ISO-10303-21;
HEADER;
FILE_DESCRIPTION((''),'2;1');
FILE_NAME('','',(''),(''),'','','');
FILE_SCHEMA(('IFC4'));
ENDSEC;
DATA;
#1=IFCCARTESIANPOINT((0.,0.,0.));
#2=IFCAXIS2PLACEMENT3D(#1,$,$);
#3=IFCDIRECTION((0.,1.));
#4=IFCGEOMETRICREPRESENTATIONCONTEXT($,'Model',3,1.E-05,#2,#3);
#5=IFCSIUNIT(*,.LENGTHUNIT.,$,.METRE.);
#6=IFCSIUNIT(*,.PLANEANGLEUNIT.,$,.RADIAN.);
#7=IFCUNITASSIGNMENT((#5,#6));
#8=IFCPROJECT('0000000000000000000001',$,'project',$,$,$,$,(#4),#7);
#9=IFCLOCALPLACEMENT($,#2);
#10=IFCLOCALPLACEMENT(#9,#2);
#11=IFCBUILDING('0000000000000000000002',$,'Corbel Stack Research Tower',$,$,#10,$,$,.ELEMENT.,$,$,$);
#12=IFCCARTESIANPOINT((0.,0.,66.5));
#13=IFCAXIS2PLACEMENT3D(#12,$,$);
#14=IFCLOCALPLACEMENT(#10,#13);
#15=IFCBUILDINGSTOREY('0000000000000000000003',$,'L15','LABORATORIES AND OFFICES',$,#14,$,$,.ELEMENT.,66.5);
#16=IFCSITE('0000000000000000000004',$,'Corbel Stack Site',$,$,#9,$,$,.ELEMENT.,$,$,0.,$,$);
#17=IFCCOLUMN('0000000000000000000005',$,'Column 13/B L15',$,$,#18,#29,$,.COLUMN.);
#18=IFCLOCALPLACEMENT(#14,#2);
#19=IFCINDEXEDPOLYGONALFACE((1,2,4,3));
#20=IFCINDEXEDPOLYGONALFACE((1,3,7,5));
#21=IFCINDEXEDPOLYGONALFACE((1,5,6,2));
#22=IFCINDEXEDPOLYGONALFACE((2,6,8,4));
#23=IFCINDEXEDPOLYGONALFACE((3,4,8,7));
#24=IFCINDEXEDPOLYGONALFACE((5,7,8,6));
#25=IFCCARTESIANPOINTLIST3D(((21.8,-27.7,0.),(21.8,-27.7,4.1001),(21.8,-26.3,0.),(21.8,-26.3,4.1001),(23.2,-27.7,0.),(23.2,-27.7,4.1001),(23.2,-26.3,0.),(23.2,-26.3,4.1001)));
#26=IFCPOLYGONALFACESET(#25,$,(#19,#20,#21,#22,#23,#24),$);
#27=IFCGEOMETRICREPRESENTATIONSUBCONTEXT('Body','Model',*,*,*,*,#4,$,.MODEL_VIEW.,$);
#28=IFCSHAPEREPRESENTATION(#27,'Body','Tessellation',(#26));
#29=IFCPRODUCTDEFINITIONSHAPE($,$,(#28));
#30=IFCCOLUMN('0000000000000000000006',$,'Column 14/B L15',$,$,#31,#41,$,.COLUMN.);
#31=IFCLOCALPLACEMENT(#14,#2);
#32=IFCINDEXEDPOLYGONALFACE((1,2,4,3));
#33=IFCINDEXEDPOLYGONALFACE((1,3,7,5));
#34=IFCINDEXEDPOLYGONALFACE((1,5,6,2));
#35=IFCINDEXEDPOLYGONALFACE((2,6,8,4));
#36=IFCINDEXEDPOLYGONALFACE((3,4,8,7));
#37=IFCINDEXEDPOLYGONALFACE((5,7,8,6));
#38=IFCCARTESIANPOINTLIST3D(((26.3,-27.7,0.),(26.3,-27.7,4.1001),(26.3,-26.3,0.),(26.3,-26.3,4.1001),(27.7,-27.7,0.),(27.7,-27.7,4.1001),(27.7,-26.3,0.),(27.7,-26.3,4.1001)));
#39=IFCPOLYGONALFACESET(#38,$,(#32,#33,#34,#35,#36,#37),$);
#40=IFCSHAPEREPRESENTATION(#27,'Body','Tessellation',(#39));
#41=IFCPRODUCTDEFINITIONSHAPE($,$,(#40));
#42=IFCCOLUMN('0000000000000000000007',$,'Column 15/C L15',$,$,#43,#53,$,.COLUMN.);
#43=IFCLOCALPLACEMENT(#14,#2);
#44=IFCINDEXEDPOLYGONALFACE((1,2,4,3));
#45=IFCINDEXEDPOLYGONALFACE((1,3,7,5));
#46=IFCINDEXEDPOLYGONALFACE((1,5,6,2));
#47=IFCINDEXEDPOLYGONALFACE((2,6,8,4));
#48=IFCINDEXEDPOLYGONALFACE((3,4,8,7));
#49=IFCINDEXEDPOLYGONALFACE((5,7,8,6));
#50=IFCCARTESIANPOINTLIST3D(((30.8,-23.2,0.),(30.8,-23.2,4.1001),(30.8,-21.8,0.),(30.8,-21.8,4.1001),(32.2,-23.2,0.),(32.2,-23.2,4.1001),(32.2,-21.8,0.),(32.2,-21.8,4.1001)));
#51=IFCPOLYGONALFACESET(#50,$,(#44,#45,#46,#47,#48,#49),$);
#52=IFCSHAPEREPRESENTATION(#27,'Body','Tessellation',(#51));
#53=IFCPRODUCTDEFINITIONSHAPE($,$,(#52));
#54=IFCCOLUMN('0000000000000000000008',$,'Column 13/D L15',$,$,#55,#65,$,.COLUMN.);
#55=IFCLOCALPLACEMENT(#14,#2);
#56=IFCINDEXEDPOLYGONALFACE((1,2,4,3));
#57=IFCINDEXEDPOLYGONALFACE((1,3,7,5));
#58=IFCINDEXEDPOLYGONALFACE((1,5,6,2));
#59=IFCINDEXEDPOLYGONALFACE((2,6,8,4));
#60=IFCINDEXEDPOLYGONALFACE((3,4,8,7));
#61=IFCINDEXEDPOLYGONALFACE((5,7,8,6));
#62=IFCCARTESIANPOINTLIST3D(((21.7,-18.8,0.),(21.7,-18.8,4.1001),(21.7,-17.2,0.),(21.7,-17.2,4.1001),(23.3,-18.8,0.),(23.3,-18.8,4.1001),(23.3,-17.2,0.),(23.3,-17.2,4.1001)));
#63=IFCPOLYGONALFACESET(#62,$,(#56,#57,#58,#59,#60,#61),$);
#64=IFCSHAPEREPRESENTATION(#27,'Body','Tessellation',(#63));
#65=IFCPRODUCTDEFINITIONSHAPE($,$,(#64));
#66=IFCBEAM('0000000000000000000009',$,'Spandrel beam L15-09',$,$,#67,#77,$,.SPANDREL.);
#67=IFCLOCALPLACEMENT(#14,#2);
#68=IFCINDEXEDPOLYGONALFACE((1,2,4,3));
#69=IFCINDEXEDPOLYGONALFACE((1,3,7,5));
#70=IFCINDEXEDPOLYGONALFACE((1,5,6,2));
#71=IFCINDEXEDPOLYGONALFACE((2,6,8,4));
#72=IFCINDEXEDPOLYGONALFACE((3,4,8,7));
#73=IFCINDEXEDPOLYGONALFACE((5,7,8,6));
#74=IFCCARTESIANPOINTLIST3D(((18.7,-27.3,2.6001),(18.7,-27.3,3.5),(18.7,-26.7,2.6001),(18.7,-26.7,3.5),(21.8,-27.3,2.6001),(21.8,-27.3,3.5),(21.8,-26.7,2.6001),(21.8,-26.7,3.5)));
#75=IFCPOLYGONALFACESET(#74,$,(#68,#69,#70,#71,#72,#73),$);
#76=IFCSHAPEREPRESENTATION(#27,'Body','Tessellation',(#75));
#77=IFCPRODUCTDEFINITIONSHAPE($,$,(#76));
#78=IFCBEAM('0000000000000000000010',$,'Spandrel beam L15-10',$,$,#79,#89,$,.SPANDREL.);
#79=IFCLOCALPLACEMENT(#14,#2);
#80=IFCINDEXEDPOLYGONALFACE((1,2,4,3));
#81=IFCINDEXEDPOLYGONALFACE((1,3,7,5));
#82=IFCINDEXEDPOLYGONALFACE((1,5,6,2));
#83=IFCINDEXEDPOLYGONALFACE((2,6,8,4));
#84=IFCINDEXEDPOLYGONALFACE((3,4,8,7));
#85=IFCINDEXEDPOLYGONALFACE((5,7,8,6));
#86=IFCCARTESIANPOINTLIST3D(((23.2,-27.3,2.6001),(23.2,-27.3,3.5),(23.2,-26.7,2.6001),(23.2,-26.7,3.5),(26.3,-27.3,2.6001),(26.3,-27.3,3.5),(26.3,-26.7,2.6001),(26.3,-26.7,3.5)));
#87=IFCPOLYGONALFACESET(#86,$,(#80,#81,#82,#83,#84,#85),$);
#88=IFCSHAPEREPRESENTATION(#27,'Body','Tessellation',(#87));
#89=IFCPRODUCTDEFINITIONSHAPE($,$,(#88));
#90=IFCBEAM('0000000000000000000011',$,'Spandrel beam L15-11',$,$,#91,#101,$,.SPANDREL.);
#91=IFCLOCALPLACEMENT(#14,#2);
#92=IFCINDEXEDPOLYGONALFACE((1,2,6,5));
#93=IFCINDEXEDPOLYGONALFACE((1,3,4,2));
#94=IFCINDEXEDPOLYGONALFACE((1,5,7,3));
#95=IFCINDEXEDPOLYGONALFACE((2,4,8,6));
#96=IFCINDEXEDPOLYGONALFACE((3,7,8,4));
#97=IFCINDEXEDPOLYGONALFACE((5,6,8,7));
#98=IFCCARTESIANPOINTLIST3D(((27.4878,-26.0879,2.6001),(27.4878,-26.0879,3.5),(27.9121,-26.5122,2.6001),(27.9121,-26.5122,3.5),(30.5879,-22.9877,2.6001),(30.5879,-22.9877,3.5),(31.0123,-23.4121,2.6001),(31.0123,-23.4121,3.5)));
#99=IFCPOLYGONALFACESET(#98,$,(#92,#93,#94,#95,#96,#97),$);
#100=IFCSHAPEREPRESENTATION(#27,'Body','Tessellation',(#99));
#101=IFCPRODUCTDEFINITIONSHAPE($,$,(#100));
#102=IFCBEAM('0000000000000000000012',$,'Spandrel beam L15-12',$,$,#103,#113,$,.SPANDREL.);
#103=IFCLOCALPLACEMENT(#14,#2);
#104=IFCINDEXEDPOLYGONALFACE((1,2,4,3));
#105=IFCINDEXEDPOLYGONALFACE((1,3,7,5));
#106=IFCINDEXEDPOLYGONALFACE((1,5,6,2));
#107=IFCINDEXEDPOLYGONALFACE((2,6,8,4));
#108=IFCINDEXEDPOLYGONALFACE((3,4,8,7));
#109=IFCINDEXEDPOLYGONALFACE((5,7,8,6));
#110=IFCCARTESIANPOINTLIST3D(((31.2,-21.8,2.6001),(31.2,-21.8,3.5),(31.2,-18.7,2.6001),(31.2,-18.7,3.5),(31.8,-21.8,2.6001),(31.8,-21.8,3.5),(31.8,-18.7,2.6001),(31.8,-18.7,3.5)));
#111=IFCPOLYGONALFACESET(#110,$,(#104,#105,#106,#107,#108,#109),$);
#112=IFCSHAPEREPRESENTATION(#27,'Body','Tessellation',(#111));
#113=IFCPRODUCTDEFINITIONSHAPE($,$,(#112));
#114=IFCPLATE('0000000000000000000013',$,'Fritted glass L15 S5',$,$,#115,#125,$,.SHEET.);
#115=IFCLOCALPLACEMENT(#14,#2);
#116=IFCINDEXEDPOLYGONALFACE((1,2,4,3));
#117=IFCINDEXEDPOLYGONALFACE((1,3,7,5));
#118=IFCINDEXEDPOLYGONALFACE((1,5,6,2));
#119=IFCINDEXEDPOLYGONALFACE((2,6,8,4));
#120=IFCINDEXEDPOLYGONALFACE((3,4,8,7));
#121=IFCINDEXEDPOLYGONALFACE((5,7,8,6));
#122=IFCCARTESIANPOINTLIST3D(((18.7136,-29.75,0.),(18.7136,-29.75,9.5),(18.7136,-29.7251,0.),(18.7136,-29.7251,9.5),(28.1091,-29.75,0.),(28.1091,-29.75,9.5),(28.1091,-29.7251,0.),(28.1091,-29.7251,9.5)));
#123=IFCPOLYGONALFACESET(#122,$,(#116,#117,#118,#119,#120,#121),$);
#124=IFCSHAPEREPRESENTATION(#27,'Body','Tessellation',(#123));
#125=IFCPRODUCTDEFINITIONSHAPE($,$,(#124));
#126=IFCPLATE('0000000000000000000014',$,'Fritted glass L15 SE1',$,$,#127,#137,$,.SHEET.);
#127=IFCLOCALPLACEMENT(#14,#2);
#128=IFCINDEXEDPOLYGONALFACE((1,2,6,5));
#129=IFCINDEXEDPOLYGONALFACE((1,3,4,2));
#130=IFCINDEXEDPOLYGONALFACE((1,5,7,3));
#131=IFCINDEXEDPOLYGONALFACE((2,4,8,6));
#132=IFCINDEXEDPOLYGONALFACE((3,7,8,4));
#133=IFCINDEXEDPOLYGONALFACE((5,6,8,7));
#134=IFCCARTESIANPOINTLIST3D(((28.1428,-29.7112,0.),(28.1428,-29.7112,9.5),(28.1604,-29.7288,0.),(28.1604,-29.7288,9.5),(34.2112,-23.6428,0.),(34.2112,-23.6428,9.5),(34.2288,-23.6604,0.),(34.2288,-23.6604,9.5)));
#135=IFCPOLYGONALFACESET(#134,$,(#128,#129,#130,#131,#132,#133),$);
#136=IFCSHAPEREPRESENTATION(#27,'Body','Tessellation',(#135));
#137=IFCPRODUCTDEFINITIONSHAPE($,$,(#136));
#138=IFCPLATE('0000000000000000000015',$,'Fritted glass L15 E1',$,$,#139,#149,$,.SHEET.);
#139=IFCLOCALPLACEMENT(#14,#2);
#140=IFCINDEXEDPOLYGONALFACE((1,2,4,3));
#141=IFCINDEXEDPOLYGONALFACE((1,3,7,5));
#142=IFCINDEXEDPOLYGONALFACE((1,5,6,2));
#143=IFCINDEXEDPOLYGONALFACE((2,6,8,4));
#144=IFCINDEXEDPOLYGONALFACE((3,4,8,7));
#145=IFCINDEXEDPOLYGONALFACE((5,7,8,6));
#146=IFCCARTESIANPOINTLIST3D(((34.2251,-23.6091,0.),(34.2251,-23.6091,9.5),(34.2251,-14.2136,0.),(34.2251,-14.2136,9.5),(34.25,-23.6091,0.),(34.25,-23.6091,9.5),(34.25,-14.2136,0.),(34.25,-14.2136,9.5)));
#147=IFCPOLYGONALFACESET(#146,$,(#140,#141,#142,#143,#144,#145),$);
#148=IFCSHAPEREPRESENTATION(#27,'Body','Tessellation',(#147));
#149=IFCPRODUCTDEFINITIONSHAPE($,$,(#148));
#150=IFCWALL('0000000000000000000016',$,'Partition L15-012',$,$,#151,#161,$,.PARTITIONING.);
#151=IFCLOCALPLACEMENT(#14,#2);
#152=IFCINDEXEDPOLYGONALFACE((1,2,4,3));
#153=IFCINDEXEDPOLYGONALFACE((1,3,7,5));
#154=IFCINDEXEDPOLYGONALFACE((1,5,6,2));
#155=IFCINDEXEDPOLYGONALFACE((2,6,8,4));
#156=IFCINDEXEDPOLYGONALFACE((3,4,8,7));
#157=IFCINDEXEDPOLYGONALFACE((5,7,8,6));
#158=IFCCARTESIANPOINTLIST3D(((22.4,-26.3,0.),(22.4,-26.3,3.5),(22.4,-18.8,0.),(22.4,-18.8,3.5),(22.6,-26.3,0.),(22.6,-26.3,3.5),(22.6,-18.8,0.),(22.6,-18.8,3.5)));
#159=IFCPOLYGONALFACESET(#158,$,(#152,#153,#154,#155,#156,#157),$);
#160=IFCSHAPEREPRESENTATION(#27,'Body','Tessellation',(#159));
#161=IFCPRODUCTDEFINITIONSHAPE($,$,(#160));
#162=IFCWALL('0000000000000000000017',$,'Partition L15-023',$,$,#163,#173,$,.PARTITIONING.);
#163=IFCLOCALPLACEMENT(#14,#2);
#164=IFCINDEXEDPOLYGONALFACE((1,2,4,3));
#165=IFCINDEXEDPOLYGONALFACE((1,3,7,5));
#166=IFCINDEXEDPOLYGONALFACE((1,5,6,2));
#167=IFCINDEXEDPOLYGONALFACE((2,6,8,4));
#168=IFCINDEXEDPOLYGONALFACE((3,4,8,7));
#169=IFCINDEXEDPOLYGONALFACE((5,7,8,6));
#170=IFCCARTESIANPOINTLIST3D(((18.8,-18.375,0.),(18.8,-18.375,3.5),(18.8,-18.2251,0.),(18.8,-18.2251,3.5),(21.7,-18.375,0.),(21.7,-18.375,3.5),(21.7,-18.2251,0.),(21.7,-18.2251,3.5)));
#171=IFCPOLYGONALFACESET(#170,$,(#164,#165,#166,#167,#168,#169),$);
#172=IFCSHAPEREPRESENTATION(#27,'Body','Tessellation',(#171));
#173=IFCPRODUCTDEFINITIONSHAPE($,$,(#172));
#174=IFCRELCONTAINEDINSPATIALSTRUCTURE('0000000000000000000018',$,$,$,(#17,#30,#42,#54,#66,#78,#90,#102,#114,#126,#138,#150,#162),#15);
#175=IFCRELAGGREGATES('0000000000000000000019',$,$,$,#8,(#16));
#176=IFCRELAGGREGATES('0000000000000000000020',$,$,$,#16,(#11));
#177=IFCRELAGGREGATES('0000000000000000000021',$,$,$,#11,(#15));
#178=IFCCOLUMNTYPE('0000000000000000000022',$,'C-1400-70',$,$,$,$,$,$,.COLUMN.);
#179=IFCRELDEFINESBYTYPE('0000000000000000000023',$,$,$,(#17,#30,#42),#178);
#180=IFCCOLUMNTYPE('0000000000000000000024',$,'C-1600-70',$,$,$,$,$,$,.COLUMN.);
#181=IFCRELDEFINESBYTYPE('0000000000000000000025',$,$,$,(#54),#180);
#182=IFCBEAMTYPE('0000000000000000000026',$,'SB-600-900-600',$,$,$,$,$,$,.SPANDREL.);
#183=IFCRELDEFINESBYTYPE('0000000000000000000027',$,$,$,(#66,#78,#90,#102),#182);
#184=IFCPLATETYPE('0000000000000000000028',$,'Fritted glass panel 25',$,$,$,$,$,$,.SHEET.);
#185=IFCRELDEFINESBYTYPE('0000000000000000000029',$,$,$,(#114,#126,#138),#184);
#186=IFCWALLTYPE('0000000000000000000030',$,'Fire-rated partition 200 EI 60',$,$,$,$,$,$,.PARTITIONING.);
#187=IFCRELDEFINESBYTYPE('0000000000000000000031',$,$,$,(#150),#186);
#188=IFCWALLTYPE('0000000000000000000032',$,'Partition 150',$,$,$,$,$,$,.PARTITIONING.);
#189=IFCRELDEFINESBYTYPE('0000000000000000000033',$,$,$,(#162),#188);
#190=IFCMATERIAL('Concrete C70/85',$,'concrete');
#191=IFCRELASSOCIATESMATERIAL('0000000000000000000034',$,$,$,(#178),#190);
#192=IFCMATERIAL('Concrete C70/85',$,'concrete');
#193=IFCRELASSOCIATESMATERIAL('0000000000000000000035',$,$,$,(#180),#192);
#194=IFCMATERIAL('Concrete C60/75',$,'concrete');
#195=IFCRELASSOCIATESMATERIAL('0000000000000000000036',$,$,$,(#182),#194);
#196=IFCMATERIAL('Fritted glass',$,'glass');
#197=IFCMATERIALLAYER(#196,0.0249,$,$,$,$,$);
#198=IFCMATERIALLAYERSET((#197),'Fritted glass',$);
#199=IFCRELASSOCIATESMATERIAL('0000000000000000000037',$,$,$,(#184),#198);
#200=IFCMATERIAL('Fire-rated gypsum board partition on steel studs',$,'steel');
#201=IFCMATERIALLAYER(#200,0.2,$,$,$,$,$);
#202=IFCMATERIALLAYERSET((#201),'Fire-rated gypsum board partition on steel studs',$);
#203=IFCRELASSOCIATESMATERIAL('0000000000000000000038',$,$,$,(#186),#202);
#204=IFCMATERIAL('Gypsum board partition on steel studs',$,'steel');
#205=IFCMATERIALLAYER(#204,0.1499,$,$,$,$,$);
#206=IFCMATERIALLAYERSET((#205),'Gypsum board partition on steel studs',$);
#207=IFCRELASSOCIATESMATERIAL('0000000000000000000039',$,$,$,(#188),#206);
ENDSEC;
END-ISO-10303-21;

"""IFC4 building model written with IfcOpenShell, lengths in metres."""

from ifc_helpers import new_model, si_unit, direction, frame, frame_2d, origin, origin_2d, place, context, subcontext, project, spatial, rectangle, extrude, material, layer, layer_set, material_profile, profile_set, type_object, element, save


model = new_model("IFC4")

# Units and contexts
model_context = context("Model", 3, precision=1e-05, world=origin(), true_north=direction((0.0, 1.0)))
body_context = subcontext(model_context, "Body", "Model", "MODEL_VIEW")
ifc_project = project(units=[si_unit("LENGTHUNIT", "METRE"), si_unit("PLANEANGLEUNIT", "RADIAN")], contexts=[model_context])

# Site, building, storey
site_placement = place(None, origin())
site = spatial("IfcSite", under=ifc_project, at=site_placement, Name="Corbel Stack Site", CompositionType="ELEMENT", RefElevation=0.0)
building_placement = place(site_placement, origin())
building = spatial("IfcBuilding", under=site, at=building_placement, Name="Corbel Stack Research Tower", CompositionType="ELEMENT")
storey_placement = place(building_placement, frame((0.0, 0.0, 66.5)))
storey = spatial("IfcBuildingStorey", under=building, at=storey_placement, Name="L15", Description="LABORATORIES AND OFFICES", CompositionType="ELEMENT", Elevation=66.5)

# Columns
ifc_material_1 = material(Name="Concrete C70/85", Category="concrete")
ifc_material_profile_1 = material_profile(ifc_material_1, rectangle(XDim=1.3999, YDim=1.3999, at=origin_2d()), Name="RC 1400 x 1400")
ifc_profile_set_1 = profile_set([ifc_material_profile_1], Name="Concrete C70/85")
column_type_1 = type_object("IfcColumnType", Name="C-1400-70", PredefinedType="COLUMN", material=ifc_profile_set_1)
for number, where, z_axis, x_axis, name in (
    (1, (22.5, -27.0, 0.0), (0.0, 0.0, 1.0), (1.0, 0.0, 0.0), "Column 13/B L15"),
    (2, (27.0, -27.0, 0.0), (0.0, 0.0, 1.0), (1.0, 0.0, 0.0), "Column 14/B L15"),
    (3, (31.5, -22.5, 0.0), (0.0, 0.0, 1.0), (1.0, 0.0, 0.0), "Column 15/C L15"),
):
    element("IfcColumn", number, at=place(storey_placement, frame(where, z_axis=z_axis, x_axis=x_axis)), inside=storey, type_object=column_type_1, Name=name, PredefinedType="COLUMN", context=body_context, shape_type="SweptSolid", body=[
        extrude(rectangle(XDim=1.3999, YDim=1.3999, at=origin_2d()), origin(), (0.0, 0.0, 1.0), 4.1001),
    ])
ifc_material_2 = material(Name="Concrete C70/85", Category="concrete")
ifc_material_profile_2 = material_profile(ifc_material_2, rectangle(XDim=1.6001, YDim=1.6001, at=origin_2d()), Name="RC 1600 x 1600")
ifc_profile_set_2 = profile_set([ifc_material_profile_2], Name="Concrete C70/85")
column_type_2 = type_object("IfcColumnType", Name="C-1600-70", PredefinedType="COLUMN", material=ifc_profile_set_2)
column_placement = place(storey_placement, frame((22.5, -18.0, 0.0), z_axis=(0.0, 0.0, 1.0), x_axis=(1.0, 0.0, 0.0)))
element("IfcColumn", 4, at=column_placement, inside=storey, type_object=column_type_2, Name="Column 13/D L15", PredefinedType="COLUMN", context=body_context, shape_type="SweptSolid", body=[
    extrude(rectangle(XDim=1.6001, YDim=1.6001, at=origin_2d()), origin(), (0.0, 0.0, 1.0), 4.1001),
])

# Beams
ifc_material_3 = material(Name="Concrete C60/75", Category="concrete")
ifc_material_profile_3 = material_profile(ifc_material_3, rectangle(XDim=0.6001, YDim=0.8999, at=origin_2d()), Name="RC 600 x 900")
ifc_profile_set_3 = profile_set([ifc_material_profile_3], Name="Concrete C60/75")
beam_type = type_object("IfcBeamType", Name="SB-600-900-600", PredefinedType="SPANDREL", material=ifc_profile_set_3)
for number, where, z_axis, x_axis, name in (
    (5, (18.7, -27.0, 3.05), (1.0, 0.0, 0.0), (0.0, 1.0, 0.0), "Spandrel beam L15-09"),
    (6, (23.2, -27.0, 3.05), (1.0, 0.0, 0.0), (0.0, 1.0, 0.0), "Spandrel beam L15-10"),
):
    element("IfcBeam", number, at=place(storey_placement, frame(where, z_axis=z_axis, x_axis=x_axis)), inside=storey, type_object=beam_type, Name=name, PredefinedType="SPANDREL", context=body_context, shape_type="SweptSolid", body=[
        extrude(rectangle(XDim=0.6001, YDim=0.8999, at=origin_2d()), origin(), (0.0, 0.0, 1.0), 3.1001),
    ])
beam_1_placement = place(storey_placement, frame((27.7, -26.3, 3.05), z_axis=(0.707107, 0.707107, 0.0), x_axis=(-0.707107, 0.707107, 0.0)))
element("IfcBeam", 7, at=beam_1_placement, inside=storey, type_object=beam_type, Name="Spandrel beam L15-11", PredefinedType="SPANDREL", context=body_context, shape_type="SweptSolid", body=[
    extrude(rectangle(XDim=0.6001, YDim=0.8999, at=origin_2d()), origin(), (0.0, 0.0, 1.0), 4.3843),
])
beam_2_placement = place(storey_placement, frame((31.5, -21.8, 3.05), z_axis=(0.0, 1.0, 0.0), x_axis=(-1.0, 0.0, 0.0)))
element("IfcBeam", 8, at=beam_2_placement, inside=storey, type_object=beam_type, Name="Spandrel beam L15-12", PredefinedType="SPANDREL", context=body_context, shape_type="SweptSolid", body=[
    extrude(rectangle(XDim=0.6001, YDim=0.8999, at=origin_2d()), origin(), (0.0, 0.0, 1.0), 3.1001),
])

# Plates
ifc_material_4 = material(Name="Fritted glass", Category="glass")
ifc_layer_1 = layer(ifc_material_4, 0.0249)
ifc_layer_set_1 = layer_set([ifc_layer_1], Name="Fritted glass")
plate_type = type_object("IfcPlateType", Name="Fritted glass panel 25", PredefinedType="SHEET", material=ifc_layer_set_1)
plate_1_placement = place(storey_placement, frame((23.4114, -29.7375, 0.0), z_axis=(0.0, 0.0, 1.0), x_axis=(1.0, 0.0, 0.0)))
element("IfcPlate", 9, at=plate_1_placement, inside=storey, type_object=plate_type, Name="Fritted glass L15 S5", PredefinedType="SHEET", context=body_context, shape_type="SweptSolid", body=[
    extrude(rectangle(XDim=9.3955, YDim=0.0249, at=origin_2d()), origin(), (0.0, 0.0, 1.0), 9.5),
])
plate_2_placement = place(storey_placement, frame((31.1858, -26.6858, 0.0), z_axis=(0.0, 0.0, 1.0), x_axis=(0.707107, 0.707107, 0.0)))
element("IfcPlate", 10, at=plate_2_placement, inside=storey, type_object=plate_type, Name="Fritted glass L15 SE1", PredefinedType="SHEET", context=body_context, shape_type="SweptSolid", body=[
    extrude(rectangle(XDim=8.582, YDim=0.0249, at=origin_2d()), origin(), (0.0, 0.0, 1.0), 9.5),
])
plate_3_placement = place(storey_placement, frame((34.2375, -18.9114, 0.0), z_axis=(0.0, 0.0, 1.0), x_axis=(0.0, 1.0, 0.0)))
element("IfcPlate", 11, at=plate_3_placement, inside=storey, type_object=plate_type, Name="Fritted glass L15 E1", PredefinedType="SHEET", context=body_context, shape_type="SweptSolid", body=[
    extrude(rectangle(XDim=9.3955, YDim=0.0249, at=origin_2d()), origin(), (0.0, 0.0, 1.0), 9.5),
])

# Walls
ifc_material_5 = material(Name="Fire-rated gypsum board partition on steel studs", Category="steel")
ifc_layer_2 = layer(ifc_material_5, 0.2)
ifc_layer_set_2 = layer_set([ifc_layer_2], Name="Fire-rated gypsum board partition on steel studs")
wall_type_1 = type_object("IfcWallType", Name="Fire-rated partition 200 EI 60", PredefinedType="PARTITIONING", material=ifc_layer_set_2)
wall_1_placement = place(storey_placement, frame((22.5, -26.3, 0.0), z_axis=(0.0, 0.0, 1.0), x_axis=(0.0, 1.0, 0.0)))
element("IfcWall", 12, at=wall_1_placement, inside=storey, type_object=wall_type_1, Name="Partition L15-012", PredefinedType="PARTITIONING", context=body_context, shape_type="SweptSolid", body=[
    extrude(rectangle(XDim=7.5, YDim=0.2, at=frame_2d((3.75, 0.0))), origin(), (0.0, 0.0, 1.0), 3.5),
])
ifc_material_6 = material(Name="Gypsum board partition on steel studs", Category="steel")
ifc_layer_3 = layer(ifc_material_6, 0.1499)
ifc_layer_set_3 = layer_set([ifc_layer_3], Name="Gypsum board partition on steel studs")
wall_type_2 = type_object("IfcWallType", Name="Partition 150", PredefinedType="PARTITIONING", material=ifc_layer_set_3)
wall_2_placement = place(storey_placement, frame((18.8, -18.3, 0.0), z_axis=(0.0, 0.0, 1.0), x_axis=(1.0, 0.0, 0.0)))
element("IfcWall", 13, at=wall_2_placement, inside=storey, type_object=wall_type_2, Name="Partition L15-023", PredefinedType="PARTITIONING", context=body_context, shape_type="SweptSolid", body=[
    extrude(rectangle(XDim=2.8999, YDim=0.1499, at=frame_2d((1.45, 0.0))), origin(), (0.0, 0.0, 1.0), 3.5),
])

save(model, "model.ifc")
